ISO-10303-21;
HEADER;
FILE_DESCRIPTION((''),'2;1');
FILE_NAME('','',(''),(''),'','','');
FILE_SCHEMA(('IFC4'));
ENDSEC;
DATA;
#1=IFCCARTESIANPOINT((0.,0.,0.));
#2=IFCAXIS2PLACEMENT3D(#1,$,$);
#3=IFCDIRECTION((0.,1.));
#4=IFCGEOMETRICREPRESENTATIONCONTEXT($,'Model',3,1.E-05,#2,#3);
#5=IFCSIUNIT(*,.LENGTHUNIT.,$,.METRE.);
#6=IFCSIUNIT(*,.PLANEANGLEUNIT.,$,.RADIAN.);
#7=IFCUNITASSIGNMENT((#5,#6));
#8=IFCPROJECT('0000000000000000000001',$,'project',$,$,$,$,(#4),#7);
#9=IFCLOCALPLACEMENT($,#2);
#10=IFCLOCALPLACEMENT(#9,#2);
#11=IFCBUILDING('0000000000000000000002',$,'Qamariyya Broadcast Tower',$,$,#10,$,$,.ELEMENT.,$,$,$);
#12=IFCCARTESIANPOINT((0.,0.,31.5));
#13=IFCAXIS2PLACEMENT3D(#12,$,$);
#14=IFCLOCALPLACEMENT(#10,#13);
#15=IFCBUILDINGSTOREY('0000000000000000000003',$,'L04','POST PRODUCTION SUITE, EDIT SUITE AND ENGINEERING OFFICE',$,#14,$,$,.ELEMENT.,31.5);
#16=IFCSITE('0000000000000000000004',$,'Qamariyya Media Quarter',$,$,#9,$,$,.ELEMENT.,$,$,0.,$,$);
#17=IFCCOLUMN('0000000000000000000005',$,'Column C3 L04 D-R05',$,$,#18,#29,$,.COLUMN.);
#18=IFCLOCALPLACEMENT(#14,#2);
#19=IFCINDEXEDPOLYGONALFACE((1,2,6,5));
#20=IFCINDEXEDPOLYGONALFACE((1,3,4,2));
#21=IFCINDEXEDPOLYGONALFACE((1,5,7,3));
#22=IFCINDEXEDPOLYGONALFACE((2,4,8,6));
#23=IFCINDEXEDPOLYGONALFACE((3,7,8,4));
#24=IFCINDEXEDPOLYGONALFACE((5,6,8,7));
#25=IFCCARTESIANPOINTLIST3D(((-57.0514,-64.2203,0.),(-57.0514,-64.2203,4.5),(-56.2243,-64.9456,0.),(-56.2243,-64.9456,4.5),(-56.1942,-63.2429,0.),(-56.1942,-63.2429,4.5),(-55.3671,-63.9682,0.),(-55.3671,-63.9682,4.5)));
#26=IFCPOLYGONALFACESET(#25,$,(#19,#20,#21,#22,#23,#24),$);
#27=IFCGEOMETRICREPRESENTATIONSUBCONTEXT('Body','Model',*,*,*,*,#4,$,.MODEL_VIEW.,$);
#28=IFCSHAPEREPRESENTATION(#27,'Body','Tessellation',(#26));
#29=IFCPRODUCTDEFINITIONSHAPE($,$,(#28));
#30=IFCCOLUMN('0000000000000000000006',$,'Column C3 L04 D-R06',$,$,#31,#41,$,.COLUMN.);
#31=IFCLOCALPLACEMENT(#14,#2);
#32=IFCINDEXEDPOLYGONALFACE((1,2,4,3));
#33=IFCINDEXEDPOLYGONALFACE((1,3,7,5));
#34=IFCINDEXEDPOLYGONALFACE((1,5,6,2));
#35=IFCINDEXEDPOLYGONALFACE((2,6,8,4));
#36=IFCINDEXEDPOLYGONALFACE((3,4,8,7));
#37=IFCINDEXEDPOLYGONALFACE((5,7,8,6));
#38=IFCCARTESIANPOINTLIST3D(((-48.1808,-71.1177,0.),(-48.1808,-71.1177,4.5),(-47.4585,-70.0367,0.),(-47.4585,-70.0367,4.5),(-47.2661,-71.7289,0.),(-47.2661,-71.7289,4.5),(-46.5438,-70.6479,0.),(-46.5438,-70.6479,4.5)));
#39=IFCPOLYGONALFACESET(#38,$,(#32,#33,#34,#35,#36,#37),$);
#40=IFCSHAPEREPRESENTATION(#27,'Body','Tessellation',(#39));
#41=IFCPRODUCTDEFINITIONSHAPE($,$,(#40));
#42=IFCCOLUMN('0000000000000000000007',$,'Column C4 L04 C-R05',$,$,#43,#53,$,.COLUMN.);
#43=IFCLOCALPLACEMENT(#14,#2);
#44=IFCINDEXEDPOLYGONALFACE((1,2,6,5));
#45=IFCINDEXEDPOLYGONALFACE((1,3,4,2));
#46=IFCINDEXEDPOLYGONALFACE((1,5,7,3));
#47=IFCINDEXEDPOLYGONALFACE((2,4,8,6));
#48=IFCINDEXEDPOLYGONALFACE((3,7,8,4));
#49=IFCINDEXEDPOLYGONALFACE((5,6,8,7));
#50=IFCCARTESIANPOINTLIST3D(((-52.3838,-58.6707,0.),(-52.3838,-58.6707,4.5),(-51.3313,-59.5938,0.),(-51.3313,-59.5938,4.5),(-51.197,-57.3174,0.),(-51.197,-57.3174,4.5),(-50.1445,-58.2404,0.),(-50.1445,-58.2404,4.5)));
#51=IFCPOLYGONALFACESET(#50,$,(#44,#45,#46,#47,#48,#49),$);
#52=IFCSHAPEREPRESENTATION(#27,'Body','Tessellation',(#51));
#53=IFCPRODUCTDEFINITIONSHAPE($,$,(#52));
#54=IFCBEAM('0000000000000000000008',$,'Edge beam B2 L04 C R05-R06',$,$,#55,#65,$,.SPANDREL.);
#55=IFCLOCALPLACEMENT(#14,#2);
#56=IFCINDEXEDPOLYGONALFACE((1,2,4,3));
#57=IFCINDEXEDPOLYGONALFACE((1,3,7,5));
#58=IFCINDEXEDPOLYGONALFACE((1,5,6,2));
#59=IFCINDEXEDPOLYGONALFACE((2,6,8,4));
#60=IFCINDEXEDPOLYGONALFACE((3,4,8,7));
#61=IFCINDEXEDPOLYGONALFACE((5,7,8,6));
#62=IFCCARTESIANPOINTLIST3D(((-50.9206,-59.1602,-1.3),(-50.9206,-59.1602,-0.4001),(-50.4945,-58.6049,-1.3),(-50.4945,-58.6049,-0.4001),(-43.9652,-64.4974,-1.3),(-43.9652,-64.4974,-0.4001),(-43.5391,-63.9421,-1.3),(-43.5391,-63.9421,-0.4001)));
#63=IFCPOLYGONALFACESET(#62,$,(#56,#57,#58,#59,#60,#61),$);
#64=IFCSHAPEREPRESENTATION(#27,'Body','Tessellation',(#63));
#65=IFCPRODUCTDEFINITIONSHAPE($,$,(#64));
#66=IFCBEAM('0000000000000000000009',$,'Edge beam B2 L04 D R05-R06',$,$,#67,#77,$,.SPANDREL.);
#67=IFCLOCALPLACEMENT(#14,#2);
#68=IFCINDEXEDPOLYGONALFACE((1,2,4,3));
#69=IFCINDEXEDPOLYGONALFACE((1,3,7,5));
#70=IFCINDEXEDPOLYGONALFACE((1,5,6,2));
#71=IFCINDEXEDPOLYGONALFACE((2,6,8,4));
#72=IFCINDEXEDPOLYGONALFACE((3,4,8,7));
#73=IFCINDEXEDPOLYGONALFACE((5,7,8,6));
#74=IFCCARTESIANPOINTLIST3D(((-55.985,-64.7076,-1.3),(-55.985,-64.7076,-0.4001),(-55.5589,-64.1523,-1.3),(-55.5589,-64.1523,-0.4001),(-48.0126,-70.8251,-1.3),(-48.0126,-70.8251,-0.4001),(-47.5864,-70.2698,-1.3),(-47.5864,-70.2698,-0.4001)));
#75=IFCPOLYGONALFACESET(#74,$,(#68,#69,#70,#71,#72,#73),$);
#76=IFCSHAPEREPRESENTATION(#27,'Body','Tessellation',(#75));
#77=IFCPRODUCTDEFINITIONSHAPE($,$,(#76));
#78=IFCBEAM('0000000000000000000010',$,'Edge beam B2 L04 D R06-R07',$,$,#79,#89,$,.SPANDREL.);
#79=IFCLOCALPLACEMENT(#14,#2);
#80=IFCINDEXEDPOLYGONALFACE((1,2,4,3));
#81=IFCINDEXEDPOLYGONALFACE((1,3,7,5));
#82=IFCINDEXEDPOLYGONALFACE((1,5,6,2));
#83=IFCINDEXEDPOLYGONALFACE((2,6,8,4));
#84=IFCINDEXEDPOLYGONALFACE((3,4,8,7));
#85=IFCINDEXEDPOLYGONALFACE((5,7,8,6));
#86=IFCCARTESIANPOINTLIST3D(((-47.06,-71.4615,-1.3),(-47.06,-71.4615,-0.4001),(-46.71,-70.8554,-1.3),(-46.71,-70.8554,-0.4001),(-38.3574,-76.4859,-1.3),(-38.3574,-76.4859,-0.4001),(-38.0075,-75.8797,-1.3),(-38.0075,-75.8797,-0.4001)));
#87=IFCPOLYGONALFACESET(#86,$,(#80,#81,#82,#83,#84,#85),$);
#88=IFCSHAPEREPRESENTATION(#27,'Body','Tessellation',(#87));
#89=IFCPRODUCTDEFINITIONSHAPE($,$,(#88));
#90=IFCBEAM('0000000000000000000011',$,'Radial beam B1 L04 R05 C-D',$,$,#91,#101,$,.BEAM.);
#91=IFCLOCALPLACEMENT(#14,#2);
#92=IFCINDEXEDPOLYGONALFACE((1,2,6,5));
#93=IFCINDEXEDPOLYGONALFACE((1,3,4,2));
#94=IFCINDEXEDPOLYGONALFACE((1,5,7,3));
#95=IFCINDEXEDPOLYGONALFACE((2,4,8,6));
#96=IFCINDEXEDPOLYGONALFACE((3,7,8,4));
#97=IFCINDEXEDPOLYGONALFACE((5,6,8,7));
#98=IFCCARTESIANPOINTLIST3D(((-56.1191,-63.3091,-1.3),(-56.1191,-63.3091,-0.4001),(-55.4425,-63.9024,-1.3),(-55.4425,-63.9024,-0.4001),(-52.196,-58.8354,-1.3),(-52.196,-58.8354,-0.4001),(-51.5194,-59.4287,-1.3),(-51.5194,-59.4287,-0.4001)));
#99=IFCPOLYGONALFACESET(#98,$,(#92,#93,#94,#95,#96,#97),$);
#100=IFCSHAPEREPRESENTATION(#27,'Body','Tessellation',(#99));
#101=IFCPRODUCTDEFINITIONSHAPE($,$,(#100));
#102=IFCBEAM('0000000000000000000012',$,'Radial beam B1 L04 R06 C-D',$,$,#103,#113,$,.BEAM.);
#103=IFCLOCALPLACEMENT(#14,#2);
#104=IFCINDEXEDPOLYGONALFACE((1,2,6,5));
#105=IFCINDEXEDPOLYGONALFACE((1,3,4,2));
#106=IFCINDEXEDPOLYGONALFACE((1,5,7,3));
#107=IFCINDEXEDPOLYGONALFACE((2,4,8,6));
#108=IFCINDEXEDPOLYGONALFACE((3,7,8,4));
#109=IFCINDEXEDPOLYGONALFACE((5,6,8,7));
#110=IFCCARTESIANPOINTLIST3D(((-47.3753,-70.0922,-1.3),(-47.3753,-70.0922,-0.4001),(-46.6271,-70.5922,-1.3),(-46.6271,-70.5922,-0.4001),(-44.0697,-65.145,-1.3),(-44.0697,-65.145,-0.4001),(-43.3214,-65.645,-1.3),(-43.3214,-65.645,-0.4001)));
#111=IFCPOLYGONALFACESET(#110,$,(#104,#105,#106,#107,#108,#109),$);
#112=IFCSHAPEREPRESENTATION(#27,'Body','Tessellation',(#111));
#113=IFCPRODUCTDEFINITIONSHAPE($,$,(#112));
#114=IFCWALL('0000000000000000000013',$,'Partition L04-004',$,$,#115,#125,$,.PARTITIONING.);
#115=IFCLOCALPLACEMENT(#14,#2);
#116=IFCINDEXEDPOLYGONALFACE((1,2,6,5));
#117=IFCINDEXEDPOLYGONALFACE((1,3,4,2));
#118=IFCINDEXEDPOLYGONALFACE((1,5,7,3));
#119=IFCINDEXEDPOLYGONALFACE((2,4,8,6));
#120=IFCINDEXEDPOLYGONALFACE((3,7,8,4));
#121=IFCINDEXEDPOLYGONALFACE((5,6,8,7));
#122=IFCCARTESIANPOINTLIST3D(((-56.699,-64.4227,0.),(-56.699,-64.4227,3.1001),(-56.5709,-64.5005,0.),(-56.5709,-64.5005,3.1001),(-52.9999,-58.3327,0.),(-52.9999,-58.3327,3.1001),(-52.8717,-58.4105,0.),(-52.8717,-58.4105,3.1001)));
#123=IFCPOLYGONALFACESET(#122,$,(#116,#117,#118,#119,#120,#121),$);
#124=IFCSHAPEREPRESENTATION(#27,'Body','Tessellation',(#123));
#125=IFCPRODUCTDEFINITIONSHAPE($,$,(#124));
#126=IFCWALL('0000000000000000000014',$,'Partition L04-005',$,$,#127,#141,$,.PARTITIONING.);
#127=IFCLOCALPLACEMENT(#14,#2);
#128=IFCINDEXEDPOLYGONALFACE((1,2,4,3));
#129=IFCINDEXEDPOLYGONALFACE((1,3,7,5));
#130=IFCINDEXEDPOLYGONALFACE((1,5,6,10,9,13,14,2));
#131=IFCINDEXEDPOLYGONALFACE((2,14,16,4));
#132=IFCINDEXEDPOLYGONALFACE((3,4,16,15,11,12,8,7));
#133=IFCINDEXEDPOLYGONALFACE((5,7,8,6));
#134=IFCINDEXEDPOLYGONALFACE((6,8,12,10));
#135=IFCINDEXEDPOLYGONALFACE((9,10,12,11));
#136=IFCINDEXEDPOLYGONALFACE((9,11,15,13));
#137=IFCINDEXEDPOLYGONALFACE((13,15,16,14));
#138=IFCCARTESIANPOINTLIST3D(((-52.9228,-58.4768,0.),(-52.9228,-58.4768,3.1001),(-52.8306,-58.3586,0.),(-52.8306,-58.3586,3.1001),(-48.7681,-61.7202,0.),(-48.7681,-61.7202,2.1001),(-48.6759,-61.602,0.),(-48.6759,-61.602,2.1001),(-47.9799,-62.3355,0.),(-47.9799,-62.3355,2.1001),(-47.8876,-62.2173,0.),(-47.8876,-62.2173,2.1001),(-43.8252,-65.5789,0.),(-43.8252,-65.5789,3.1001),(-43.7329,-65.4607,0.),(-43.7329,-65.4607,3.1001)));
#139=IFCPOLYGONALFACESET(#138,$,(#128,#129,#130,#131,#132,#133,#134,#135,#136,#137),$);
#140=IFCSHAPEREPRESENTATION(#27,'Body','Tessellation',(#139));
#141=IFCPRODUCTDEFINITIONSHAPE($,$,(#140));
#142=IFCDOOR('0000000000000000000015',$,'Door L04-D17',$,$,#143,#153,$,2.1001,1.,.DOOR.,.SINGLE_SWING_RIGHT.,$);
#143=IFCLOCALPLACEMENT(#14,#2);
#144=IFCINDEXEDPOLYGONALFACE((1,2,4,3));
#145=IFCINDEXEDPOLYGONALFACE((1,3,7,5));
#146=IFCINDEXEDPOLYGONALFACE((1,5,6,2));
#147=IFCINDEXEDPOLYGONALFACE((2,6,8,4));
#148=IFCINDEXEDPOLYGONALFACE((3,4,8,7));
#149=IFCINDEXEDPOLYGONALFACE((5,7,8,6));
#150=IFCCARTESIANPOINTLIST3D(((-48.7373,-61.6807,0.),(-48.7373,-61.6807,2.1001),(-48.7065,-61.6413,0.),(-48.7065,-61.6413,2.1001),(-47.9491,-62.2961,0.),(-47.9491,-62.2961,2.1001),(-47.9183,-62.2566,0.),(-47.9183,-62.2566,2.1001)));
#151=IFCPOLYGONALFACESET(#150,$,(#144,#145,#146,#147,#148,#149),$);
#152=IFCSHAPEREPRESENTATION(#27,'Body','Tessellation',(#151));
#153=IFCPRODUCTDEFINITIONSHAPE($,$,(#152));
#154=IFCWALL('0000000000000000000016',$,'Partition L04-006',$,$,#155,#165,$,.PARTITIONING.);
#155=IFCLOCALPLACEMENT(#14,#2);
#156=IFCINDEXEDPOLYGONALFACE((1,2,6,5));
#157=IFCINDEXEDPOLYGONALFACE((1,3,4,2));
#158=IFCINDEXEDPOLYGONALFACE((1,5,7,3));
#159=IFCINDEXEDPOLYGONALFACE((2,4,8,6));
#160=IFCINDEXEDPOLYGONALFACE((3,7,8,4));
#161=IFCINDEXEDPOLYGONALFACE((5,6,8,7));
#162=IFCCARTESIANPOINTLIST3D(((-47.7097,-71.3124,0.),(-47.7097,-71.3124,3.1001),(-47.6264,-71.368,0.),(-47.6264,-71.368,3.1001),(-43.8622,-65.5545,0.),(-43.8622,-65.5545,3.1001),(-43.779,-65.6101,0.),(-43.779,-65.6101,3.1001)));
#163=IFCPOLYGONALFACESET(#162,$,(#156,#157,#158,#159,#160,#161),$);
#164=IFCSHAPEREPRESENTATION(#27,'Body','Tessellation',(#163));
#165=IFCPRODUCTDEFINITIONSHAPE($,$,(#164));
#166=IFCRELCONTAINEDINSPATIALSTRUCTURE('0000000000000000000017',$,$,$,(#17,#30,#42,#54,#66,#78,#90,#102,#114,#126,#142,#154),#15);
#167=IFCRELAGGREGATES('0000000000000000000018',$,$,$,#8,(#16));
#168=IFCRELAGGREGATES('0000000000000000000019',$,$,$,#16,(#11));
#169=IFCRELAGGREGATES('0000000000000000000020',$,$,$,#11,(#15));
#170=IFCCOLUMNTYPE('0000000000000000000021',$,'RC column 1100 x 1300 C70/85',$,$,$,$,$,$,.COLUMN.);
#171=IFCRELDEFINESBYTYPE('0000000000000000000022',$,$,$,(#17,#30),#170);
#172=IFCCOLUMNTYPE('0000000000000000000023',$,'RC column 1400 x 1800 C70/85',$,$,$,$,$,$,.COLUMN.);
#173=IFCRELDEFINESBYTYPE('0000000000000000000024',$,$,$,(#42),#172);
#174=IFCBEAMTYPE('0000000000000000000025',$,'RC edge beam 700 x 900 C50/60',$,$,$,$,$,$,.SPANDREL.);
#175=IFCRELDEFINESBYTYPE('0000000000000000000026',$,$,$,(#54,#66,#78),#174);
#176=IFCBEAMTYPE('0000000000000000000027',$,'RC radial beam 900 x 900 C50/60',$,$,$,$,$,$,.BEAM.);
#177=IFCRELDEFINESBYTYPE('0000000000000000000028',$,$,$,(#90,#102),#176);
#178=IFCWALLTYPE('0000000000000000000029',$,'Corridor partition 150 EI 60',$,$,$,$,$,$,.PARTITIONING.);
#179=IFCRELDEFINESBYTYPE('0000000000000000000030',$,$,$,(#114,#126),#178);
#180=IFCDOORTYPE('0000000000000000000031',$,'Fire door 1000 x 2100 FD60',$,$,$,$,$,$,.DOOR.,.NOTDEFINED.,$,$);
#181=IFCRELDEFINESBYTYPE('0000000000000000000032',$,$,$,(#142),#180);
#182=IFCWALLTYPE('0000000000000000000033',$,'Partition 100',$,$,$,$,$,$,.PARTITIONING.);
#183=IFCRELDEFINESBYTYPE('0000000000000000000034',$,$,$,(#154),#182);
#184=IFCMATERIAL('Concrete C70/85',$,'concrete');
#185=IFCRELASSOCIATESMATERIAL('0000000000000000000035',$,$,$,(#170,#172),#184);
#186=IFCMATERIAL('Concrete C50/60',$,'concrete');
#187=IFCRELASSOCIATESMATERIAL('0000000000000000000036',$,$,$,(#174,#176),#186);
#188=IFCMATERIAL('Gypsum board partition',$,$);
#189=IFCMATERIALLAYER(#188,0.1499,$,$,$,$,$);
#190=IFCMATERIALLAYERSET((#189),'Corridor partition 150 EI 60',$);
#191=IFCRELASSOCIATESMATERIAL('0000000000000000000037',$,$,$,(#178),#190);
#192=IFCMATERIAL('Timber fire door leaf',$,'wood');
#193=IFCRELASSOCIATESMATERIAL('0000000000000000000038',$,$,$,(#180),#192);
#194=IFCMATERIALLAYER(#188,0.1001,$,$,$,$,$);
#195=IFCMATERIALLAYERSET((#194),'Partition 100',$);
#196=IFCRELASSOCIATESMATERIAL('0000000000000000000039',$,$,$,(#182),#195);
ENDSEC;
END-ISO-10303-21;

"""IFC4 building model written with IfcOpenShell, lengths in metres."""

from ifc_helpers import new_model, si_unit, direction, frame, frame_2d, origin, origin_2d, place, context, subcontext, project, spatial, rectangle, extrude, material, layer, layer_set, material_profile, profile_set, type_object, element, fill, save


model = new_model("IFC4")

# Units and contexts
model_context = context("Model", 3, precision=1e-05, world=origin(), true_north=direction((0.0, 1.0)))
body_context = subcontext(model_context, "Body", "Model", "MODEL_VIEW")
ifc_project = project(units=[si_unit("LENGTHUNIT", "METRE"), si_unit("PLANEANGLEUNIT", "RADIAN")], contexts=[model_context])

# Site, building, storey
site_placement = place(None, origin())
site = spatial("IfcSite", under=ifc_project, at=site_placement, Name="Qamariyya Media Quarter", CompositionType="ELEMENT", RefElevation=0.0)
building_placement = place(site_placement, origin())
building = spatial("IfcBuilding", under=site, at=building_placement, Name="Qamariyya Broadcast Tower", CompositionType="ELEMENT")
storey_placement = place(building_placement, frame((0.0, 0.0, 31.5)))
storey = spatial("IfcBuildingStorey", under=building, at=storey_placement, Name="L04", Description="POST PRODUCTION SUITE, EDIT SUITE AND ENGINEERING OFFICE", CompositionType="ELEMENT", Elevation=31.5)

# Columns
ifc_material_1 = material(Name="Concrete C70/85", Category="concrete")
ifc_material_profile_1 = material_profile(ifc_material_1, rectangle(XDim=1.1001, YDim=1.3, at=origin_2d()))
ifc_profile_set_1 = profile_set([ifc_material_profile_1], Name="Concrete C70/85")
column_type_1 = type_object("IfcColumnType", Name="RC column 1100 x 1300 C70/85", PredefinedType="COLUMN", material=ifc_profile_set_1)
for number, where, z_axis, x_axis, name in (
    (1, (-56.2092, -64.0942, 0.0), (0.0, 0.0, 1.0), (0.75184, -0.659346, 0.0), "Column C3 L04 D-R05"),
    (2, (-47.3623, -70.8828, 0.0), (0.0, 0.0, 1.0), (0.83147, -0.55557, 0.0), "Column C3 L04 D-R06"),
):
    element("IfcColumn", number, at=place(storey_placement, frame(where, z_axis=z_axis, x_axis=x_axis)), inside=storey, type_object=column_type_1, Name=name, PredefinedType="COLUMN", context=body_context, shape_type="SweptSolid", body=[
        extrude(rectangle(XDim=1.1001, YDim=1.3, at=origin_2d()), origin(), (0.0, 0.0, 1.0), 4.5),
    ])
ifc_material_profile_2 = material_profile(ifc_material_1, rectangle(XDim=1.3999, YDim=1.8, at=origin_2d()))
ifc_profile_set_2 = profile_set([ifc_material_profile_2], Name="Concrete C70/85")
column_type_2 = type_object("IfcColumnType", Name="RC column 1400 x 1800 C70/85", PredefinedType="COLUMN", material=ifc_profile_set_2)
column_placement = place(storey_placement, frame((-51.2642, -58.4556, 0.0), z_axis=(0.0, 0.0, 1.0), x_axis=(0.75184, -0.659346, 0.0)))
element("IfcColumn", 3, at=column_placement, inside=storey, type_object=column_type_2, Name="Column C4 L04 C-R05", PredefinedType="COLUMN", context=body_context, shape_type="SweptSolid", body=[
    extrude(rectangle(XDim=1.3999, YDim=1.8, at=origin_2d()), origin(), (0.0, 0.0, 1.0), 4.5),
])

# Beams
ifc_material_2 = material(Name="Concrete C50/60", Category="concrete")
ifc_material_profile_3 = material_profile(ifc_material_2, rectangle(XDim=0.7, YDim=0.8999, at=origin_2d()))
ifc_profile_set_3 = profile_set([ifc_material_profile_3], Name="Concrete C50/60")
beam_type_1 = type_object("IfcBeamType", Name="RC edge beam 700 x 900 C50/60", PredefinedType="SPANDREL", material=ifc_profile_set_3)
beam_1_placement = place(storey_placement, frame((-50.7075, -58.8826, -0.8501), z_axis=(0.793345, -0.608772, 0.0), x_axis=(0.608772, 0.793345, 0.0)))
element("IfcBeam", 4, at=beam_1_placement, inside=storey, type_object=beam_type_1, Name="Edge beam B2 L04 C R05-R06", PredefinedType="SPANDREL", context=body_context, shape_type="SweptSolid", body=[
    extrude(rectangle(XDim=0.7, YDim=0.8999, at=origin_2d()), origin(), (0.0, 0.0, 1.0), 8.7671),
])
beam_2_placement = place(storey_placement, frame((-55.772, -64.4299, -0.8501), z_axis=(0.793354, -0.60876, 0.0), x_axis=(0.60876, 0.793354, 0.0)))
element("IfcBeam", 5, at=beam_2_placement, inside=storey, type_object=beam_type_1, Name="Edge beam B2 L04 D R05-R06", PredefinedType="SPANDREL", context=body_context, shape_type="SweptSolid", body=[
    extrude(rectangle(XDim=0.7, YDim=0.8999, at=origin_2d()), origin(), (0.0, 0.0, 1.0), 10.0491),
])
beam_3_placement = place(storey_placement, frame((-46.885, -71.1584, -0.8501), z_axis=(0.866028, -0.499996, 0.0), x_axis=(0.499996, 0.866028, 0.0)))
element("IfcBeam", 6, at=beam_3_placement, inside=storey, type_object=beam_type_1, Name="Edge beam B2 L04 D R06-R07", PredefinedType="SPANDREL", context=body_context, shape_type="SweptSolid", body=[
    extrude(rectangle(XDim=0.7, YDim=0.8999, at=origin_2d()), origin(), (0.0, 0.0, 1.0), 10.0488),
])
ifc_material_profile_4 = material_profile(ifc_material_2, rectangle(XDim=0.8999, YDim=0.8999, at=origin_2d()))
ifc_profile_set_4 = profile_set([ifc_material_profile_4], Name="Concrete C50/60")
beam_type_2 = type_object("IfcBeamType", Name="RC radial beam 900 x 900 C50/60", PredefinedType="BEAM", material=ifc_profile_set_4)
beam_4_placement = place(storey_placement, frame((-51.8577, -59.1321, -0.8501), z_axis=(-0.659329, -0.751854, 0.0), x_axis=(0.751854, -0.659329, 0.0)))
element("IfcBeam", 7, at=beam_4_placement, inside=storey, type_object=beam_type_2, Name="Radial beam B1 L04 R05 C-D", PredefinedType="BEAM", context=body_context, shape_type="SweptSolid", body=[
    extrude(rectangle(XDim=0.8999, YDim=0.8999, at=origin_2d()), origin(), (0.0, 0.0, 1.0), 5.9502),
])
beam_5_placement = place(storey_placement, frame((-43.6956, -65.395, -0.8501), z_axis=(-0.555571, -0.831469, 0.0), x_axis=(0.831469, -0.555571, 0.0)))
element("IfcBeam", 8, at=beam_5_placement, inside=storey, type_object=beam_type_2, Name="Radial beam B1 L04 R06 C-D", PredefinedType="BEAM", context=body_context, shape_type="SweptSolid", body=[
    extrude(rectangle(XDim=0.8999, YDim=0.8999, at=origin_2d()), origin(), (0.0, 0.0, 1.0), 5.95),
])

# Wall
ifc_material_3 = material(Name="Gypsum board partition")
ifc_layer_1 = layer(ifc_material_3, 0.1499)
ifc_layer_set_1 = layer_set([ifc_layer_1], Name="Corridor partition 150 EI 60")
wall_type_1 = type_object("IfcWallType", Name="Corridor partition 150 EI 60", PredefinedType="PARTITIONING", material=ifc_layer_set_1)
wall_1_placement = place(storey_placement, frame((-52.9358, -58.3716, 0.0), z_axis=(0.0, 0.0, 1.0), x_axis=(-0.519149, -0.854684, 0.0)))
element("IfcWall", 9, at=wall_1_placement, inside=storey, type_object=wall_type_1, Name="Partition L04-004", PredefinedType="PARTITIONING", context=body_context, shape_type="SweptSolid", body=[
    extrude(rectangle(XDim=7.1255, YDim=0.1499, at=frame_2d((3.5627, 0.0))), origin(), (0.0, 0.0, 1.0), 3.1001),
])

# Wall, opening, door
wall_2_placement = place(storey_placement, frame((-43.7791, -65.5198, 0.0), z_axis=(0.0, 0.0, 1.0), x_axis=(-0.788255, 0.615348, 0.0)))
wall_2 = element("IfcWall", 10, at=wall_2_placement, inside=storey, type_object=wall_type_1, Name="Partition L04-005", PredefinedType="PARTITIONING", context=body_context, shape_type="SweptSolid", body=[
    extrude(rectangle(XDim=11.5415, YDim=0.1499, at=frame_2d((5.7708, 0.0))), origin(), (0.0, 0.0, 1.0), 3.1001),
])
opening_1_placement = place(wall_2_placement, frame((5.2708, 0.0, 0.0)))
opening_1 = element("IfcOpeningElement", 11, at=opening_1_placement, cuts=wall_2, PredefinedType="OPENING", context=body_context, shape_type="SweptSolid", body=[
    extrude(rectangle(XDim=1.0, YDim=2.1001, at=frame_2d((0.5, 1.05))), frame((0.0, 0.085, 0.0), z_axis=(0.0, -1.0, 0.0), x_axis=(1.0, 0.0, 0.0)), (0.0, 0.0, 1.0), 0.1699),
])
ifc_material_4 = material(Name="Timber fire door leaf", Category="wood")
door_type = type_object("IfcDoorType", Name="Fire door 1000 x 2100 FD60", OperationType="NOTDEFINED", PredefinedType="DOOR", material=ifc_material_4)
door_placement = place(opening_1_placement, origin())
door = element("IfcDoor", 12, at=door_placement, inside=storey, type_object=door_type, Name="Door L04-D17", OperationType="SINGLE_SWING_RIGHT", OverallHeight=2.1001, OverallWidth=1.0, PredefinedType="DOOR", context=body_context, shape_type="SweptSolid", body=[
    extrude(rectangle(XDim=1.0, YDim=2.1001, at=frame_2d((0.5, 1.05))), frame((0.0, 0.0249, 0.0), z_axis=(0.0, -1.0, 0.0), x_axis=(1.0, 0.0, 0.0)), (0.0, 0.0, 1.0), 0.05),
])
fill(opening_1, door)

# Wall
ifc_layer_2 = layer(ifc_material_3, 0.1001)
ifc_layer_set_2 = layer_set([ifc_layer_2], Name="Partition 100")
wall_type_2 = type_object("IfcWallType", Name="Partition 100", PredefinedType="PARTITIONING", material=ifc_layer_set_2)
wall_3_placement = place(storey_placement, frame((-47.668, -71.3401, 0.0), z_axis=(0.0, 0.0, 1.0), x_axis=(0.555587, 0.831459, 0.0)))
element("IfcWall", 13, at=wall_3_placement, inside=storey, type_object=wall_type_2, Name="Partition L04-006", PredefinedType="PARTITIONING", context=body_context, shape_type="SweptSolid", body=[
    extrude(rectangle(XDim=6.925, YDim=0.1001, at=frame_2d((3.4624, 0.0))), origin(), (0.0, 0.0, 1.0), 3.1001),
])

save(model, "model.ifc")
